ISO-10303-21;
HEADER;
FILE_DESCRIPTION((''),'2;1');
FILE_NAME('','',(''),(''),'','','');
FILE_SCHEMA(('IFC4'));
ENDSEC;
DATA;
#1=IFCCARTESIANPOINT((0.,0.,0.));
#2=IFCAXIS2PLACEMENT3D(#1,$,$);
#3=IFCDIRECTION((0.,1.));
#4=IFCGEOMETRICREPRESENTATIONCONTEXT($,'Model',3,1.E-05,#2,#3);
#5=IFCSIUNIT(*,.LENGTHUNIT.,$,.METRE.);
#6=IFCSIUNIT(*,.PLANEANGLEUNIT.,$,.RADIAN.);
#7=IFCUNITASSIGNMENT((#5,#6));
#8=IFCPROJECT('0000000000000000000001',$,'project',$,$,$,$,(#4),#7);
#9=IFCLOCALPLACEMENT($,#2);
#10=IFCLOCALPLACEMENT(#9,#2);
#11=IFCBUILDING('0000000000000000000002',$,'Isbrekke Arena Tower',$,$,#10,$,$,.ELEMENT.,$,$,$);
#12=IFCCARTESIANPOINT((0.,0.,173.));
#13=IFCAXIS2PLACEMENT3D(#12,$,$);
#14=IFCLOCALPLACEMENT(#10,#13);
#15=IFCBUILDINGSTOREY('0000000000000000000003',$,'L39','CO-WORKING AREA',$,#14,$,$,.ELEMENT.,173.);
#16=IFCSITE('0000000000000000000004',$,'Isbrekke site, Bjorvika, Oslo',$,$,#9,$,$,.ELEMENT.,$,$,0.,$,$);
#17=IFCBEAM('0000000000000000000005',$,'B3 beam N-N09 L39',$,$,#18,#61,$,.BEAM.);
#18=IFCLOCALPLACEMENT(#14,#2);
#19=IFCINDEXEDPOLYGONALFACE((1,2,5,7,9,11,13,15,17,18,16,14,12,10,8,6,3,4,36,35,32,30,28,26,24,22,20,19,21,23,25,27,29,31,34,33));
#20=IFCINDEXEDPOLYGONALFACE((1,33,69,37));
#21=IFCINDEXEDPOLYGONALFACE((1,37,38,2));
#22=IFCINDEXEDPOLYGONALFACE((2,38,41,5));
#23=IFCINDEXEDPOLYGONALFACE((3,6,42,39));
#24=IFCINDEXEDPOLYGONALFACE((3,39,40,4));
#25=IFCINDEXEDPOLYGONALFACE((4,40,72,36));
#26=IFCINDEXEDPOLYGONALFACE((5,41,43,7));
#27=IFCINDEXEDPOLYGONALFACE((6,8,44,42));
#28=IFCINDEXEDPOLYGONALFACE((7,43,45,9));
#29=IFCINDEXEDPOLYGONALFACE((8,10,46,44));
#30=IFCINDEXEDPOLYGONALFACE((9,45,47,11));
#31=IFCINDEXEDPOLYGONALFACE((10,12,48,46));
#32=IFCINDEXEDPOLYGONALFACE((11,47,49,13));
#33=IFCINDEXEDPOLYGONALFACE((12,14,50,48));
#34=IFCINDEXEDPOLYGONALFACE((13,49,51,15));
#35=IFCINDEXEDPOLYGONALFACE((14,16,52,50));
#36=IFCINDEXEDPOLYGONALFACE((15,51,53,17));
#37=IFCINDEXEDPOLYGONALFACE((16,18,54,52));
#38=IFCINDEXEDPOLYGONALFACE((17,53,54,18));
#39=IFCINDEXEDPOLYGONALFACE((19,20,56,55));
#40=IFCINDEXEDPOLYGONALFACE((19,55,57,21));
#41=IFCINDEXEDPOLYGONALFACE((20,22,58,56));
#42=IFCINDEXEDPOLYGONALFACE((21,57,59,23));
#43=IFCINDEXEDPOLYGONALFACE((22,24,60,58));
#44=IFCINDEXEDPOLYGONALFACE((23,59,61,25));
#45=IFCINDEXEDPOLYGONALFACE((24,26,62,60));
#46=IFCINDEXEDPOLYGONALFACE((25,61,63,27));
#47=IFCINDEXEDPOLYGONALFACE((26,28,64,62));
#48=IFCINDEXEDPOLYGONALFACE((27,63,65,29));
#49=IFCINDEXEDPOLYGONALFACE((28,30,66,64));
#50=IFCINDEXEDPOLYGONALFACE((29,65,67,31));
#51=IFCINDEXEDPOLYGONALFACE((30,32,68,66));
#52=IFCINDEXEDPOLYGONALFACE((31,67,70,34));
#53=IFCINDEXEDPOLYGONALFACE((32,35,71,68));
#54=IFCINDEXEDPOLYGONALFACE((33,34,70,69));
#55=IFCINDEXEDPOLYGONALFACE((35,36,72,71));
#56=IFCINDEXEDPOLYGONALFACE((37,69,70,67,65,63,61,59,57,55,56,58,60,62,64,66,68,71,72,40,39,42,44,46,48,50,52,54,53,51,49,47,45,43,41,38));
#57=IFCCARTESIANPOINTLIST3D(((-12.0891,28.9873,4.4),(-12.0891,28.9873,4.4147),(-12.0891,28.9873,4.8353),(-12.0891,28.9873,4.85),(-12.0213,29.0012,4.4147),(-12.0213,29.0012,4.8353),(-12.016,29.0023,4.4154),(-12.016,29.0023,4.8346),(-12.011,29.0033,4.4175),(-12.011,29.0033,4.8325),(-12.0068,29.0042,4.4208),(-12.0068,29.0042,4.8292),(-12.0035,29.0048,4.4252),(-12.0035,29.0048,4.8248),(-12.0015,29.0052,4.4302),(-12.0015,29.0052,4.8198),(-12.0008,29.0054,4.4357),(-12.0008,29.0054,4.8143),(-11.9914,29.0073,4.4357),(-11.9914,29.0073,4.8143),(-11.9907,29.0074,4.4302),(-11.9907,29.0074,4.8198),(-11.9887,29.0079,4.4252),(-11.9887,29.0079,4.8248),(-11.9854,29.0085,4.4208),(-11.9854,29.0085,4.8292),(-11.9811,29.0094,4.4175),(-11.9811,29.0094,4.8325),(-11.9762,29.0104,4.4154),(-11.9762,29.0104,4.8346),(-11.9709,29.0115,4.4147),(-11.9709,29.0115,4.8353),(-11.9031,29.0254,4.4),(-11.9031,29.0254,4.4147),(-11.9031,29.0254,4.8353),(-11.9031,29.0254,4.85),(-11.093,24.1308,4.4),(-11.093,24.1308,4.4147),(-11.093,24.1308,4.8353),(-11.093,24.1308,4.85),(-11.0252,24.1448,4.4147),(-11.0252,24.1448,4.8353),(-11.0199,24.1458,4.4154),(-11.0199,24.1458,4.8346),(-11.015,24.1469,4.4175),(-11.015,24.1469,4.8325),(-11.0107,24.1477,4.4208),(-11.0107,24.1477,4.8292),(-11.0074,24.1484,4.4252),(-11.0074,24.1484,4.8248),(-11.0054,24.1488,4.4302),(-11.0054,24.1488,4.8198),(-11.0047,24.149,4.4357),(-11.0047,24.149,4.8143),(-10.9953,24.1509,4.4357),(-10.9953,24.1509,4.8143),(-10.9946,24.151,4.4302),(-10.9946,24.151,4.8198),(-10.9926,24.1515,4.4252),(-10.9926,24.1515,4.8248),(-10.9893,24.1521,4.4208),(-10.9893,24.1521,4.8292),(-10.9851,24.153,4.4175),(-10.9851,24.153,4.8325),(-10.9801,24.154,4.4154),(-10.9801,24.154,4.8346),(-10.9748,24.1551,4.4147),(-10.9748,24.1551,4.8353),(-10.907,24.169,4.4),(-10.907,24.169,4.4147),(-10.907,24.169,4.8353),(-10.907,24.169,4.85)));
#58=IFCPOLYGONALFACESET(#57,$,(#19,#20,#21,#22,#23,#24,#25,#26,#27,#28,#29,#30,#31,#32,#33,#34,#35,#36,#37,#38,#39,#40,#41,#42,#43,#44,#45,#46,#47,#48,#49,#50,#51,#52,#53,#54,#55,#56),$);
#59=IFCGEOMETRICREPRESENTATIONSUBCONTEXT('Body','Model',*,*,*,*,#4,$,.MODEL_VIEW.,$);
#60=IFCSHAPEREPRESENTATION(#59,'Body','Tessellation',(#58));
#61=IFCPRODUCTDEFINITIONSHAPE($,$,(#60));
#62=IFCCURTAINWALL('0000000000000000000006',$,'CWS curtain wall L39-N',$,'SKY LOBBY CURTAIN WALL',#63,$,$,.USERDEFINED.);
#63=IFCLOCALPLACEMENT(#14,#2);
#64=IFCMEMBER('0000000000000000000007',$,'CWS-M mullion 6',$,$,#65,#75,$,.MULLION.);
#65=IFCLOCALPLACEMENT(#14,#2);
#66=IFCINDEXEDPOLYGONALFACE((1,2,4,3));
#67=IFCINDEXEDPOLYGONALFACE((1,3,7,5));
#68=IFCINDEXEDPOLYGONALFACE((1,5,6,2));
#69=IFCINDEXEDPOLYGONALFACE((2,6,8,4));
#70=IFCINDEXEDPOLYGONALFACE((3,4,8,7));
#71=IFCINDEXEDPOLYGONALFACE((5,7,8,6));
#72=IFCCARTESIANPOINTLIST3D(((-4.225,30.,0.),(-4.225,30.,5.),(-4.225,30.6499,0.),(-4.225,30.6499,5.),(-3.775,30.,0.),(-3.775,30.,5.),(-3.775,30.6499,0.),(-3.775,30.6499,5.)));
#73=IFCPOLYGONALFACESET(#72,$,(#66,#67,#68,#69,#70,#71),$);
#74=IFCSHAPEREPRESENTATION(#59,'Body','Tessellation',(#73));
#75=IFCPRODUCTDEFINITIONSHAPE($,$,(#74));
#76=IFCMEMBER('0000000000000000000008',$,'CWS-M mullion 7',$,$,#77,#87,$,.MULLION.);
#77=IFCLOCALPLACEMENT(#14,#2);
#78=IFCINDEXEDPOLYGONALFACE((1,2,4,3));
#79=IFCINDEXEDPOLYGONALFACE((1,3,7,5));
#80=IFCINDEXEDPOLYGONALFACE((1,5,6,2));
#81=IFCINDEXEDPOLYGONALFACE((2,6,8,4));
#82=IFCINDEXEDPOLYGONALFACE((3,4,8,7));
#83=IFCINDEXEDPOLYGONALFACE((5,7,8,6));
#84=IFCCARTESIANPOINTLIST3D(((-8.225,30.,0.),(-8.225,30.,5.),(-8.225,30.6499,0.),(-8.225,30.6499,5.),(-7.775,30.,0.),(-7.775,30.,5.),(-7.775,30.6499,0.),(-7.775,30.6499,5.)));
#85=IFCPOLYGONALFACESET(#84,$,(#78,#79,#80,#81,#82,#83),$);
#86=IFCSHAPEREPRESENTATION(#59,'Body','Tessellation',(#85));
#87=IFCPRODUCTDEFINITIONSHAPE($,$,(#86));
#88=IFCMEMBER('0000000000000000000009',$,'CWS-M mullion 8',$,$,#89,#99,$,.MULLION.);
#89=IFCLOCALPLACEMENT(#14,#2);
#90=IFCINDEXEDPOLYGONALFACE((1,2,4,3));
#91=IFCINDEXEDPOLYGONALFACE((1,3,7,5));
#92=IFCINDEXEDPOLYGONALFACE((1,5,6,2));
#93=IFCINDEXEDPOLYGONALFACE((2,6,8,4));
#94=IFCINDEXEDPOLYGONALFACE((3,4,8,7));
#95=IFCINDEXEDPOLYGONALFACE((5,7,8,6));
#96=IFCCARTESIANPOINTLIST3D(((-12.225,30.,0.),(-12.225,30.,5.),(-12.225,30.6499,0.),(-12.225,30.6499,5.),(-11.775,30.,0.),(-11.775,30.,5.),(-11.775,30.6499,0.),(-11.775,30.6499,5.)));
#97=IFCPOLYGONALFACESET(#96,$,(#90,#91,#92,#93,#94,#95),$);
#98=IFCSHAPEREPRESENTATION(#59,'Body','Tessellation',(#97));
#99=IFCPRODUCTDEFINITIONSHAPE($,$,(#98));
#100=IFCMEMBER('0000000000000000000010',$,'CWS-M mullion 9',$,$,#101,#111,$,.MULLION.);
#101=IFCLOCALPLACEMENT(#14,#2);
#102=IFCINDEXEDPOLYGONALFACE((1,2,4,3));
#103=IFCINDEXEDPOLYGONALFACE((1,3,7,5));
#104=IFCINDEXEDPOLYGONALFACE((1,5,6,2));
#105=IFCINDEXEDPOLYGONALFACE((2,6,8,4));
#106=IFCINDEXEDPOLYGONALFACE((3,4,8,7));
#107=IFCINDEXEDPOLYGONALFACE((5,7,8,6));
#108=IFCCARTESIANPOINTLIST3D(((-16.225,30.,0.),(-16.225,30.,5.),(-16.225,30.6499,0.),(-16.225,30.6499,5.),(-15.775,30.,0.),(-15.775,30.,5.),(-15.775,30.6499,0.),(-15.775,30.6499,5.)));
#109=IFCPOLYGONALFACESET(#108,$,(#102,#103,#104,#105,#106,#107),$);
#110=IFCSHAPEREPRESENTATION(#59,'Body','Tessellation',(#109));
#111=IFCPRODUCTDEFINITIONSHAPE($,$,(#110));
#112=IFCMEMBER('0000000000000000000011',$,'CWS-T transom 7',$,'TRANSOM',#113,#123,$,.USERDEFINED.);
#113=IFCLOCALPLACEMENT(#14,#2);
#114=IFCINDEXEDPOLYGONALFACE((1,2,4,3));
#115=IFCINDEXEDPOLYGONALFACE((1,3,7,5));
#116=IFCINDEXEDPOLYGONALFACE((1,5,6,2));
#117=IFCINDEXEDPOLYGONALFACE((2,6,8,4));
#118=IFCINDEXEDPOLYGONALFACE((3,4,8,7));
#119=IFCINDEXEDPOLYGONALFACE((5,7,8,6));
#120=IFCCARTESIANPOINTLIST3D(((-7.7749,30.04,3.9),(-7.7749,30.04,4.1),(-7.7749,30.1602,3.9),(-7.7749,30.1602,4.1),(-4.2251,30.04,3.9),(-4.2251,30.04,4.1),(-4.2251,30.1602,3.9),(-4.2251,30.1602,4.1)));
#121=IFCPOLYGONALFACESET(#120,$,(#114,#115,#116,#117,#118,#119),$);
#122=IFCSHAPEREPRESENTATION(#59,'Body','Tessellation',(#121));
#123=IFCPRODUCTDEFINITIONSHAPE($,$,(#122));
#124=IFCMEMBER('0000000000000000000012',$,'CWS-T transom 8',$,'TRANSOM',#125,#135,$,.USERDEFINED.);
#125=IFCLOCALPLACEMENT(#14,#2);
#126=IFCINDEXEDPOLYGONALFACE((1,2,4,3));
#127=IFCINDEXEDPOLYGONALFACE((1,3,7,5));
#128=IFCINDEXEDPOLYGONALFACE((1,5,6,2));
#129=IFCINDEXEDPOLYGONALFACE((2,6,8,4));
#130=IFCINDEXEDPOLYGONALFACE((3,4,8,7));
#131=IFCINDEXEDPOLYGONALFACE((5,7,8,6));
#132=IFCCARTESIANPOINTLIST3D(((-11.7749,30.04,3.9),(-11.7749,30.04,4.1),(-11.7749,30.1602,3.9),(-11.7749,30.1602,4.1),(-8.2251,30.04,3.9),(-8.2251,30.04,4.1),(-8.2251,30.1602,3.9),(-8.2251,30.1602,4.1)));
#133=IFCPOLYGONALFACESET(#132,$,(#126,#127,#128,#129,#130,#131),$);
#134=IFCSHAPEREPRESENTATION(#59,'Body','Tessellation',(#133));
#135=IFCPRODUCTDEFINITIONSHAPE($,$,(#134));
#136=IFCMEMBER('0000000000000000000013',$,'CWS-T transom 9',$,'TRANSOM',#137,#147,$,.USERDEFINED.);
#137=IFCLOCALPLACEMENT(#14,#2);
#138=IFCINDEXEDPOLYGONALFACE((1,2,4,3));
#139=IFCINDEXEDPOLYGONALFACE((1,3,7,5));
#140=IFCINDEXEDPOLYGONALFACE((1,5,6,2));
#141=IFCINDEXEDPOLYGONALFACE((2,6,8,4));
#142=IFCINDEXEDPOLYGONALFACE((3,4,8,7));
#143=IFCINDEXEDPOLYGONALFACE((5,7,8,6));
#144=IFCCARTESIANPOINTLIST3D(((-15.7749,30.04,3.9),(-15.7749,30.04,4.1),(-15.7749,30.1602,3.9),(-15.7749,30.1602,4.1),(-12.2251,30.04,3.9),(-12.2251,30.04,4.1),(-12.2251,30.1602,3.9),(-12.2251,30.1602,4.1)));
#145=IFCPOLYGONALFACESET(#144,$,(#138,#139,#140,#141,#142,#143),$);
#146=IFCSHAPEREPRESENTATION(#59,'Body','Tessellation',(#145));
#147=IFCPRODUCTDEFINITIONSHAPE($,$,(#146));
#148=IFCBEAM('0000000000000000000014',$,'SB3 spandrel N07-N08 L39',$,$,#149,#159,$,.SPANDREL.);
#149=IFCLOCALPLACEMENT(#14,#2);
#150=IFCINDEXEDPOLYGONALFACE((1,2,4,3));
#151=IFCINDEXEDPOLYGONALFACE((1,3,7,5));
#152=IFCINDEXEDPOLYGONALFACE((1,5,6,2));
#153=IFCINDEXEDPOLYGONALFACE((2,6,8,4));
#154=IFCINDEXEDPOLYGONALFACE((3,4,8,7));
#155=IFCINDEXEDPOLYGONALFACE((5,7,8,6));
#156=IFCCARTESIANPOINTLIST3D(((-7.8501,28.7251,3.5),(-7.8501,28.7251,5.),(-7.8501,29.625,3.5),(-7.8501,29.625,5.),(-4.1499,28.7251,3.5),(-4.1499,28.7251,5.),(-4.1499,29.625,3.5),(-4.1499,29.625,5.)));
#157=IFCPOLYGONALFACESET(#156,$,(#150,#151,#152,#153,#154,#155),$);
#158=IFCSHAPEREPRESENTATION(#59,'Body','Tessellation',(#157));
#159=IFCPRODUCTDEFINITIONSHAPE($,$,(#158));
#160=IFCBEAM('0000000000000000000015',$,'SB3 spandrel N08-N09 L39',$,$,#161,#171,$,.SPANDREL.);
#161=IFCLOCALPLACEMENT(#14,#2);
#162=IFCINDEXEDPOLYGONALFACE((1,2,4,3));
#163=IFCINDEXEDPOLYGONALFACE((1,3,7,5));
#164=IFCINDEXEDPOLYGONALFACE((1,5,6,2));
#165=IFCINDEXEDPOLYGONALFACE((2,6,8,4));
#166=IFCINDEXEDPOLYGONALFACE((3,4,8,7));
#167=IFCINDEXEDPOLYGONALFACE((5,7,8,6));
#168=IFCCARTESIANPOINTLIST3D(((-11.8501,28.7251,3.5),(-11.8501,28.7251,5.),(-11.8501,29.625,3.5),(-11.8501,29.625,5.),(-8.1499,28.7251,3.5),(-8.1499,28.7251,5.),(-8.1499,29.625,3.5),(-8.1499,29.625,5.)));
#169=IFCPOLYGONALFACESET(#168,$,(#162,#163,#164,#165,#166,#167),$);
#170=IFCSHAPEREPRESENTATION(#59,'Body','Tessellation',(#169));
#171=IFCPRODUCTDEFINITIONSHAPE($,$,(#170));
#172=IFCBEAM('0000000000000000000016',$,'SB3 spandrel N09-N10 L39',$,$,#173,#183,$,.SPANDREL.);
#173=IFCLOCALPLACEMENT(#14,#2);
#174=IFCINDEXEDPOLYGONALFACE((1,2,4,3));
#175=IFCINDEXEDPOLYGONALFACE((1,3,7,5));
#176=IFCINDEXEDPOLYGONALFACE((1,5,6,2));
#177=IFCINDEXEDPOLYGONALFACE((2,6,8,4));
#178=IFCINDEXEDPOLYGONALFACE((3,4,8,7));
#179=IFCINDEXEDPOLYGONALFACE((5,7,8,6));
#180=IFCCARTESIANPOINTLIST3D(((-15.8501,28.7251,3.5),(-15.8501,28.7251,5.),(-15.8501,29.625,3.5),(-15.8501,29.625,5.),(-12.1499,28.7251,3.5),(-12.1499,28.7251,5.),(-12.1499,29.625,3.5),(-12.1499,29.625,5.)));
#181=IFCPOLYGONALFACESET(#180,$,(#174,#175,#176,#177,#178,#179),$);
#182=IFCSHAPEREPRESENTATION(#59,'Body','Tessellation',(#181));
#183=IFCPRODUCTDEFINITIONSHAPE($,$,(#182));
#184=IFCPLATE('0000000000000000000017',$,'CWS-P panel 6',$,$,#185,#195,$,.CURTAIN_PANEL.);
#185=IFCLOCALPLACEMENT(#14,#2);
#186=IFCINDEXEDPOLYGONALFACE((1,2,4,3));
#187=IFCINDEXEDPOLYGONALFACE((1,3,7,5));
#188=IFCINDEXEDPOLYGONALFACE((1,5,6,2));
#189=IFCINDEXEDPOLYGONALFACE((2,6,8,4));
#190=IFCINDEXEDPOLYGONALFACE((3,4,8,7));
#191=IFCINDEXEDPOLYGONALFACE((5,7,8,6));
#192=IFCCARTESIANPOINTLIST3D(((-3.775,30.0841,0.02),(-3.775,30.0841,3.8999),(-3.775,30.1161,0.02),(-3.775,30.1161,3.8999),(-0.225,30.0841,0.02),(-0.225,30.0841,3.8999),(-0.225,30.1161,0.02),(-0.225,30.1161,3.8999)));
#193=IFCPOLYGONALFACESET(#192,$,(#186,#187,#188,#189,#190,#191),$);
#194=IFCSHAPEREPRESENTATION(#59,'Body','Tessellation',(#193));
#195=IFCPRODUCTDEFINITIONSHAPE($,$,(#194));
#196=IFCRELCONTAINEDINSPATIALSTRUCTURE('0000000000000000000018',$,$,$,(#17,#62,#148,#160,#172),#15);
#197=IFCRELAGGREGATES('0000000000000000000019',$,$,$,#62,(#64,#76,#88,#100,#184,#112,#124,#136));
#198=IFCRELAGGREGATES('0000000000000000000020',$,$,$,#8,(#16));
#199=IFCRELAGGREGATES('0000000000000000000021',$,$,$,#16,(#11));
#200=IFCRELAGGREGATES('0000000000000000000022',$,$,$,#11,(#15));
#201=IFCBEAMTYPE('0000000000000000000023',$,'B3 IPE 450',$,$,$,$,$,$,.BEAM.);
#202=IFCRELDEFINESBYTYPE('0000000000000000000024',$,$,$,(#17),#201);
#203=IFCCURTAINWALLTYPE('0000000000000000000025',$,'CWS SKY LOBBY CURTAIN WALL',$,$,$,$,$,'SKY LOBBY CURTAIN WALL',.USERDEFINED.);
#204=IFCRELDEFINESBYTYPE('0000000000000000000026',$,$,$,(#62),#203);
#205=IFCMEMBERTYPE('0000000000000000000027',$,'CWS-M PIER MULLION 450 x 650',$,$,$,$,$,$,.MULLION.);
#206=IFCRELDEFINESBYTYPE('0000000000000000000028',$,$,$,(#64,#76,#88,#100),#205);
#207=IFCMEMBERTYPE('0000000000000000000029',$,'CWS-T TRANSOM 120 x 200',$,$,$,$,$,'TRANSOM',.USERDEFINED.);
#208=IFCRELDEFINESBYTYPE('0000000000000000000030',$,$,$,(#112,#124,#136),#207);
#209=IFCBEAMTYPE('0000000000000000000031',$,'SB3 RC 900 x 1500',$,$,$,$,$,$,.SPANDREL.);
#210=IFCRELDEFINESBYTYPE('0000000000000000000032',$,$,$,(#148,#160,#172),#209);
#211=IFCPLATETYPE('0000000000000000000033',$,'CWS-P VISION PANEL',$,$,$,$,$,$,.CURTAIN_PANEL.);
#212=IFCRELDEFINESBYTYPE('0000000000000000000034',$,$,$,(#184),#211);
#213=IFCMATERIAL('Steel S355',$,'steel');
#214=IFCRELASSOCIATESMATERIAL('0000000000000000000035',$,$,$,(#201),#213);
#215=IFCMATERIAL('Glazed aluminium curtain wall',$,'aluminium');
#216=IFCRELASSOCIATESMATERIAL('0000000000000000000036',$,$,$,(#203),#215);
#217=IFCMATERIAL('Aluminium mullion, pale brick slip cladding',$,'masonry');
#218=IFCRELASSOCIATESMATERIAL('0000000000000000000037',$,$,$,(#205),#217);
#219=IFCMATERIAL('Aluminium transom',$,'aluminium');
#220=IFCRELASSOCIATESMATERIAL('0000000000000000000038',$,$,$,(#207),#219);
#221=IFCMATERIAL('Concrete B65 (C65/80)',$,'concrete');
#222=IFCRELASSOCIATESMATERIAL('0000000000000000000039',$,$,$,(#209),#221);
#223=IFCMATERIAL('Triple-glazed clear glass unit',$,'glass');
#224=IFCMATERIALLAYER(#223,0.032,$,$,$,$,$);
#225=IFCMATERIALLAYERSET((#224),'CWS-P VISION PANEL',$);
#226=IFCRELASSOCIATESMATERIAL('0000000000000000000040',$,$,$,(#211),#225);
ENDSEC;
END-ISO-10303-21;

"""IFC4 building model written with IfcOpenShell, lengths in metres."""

from ifc_helpers import new_model, si_unit, direction, frame, origin, origin_2d, place, context, subcontext, project, spatial, rectangle, i_section, extrude, material, layer, layer_set, material_profile, profile_set, type_object, element, aggregate, save


model = new_model("IFC4")

# Units and contexts
model_context = context("Model", 3, precision=1e-05, world=origin(), true_north=direction((0.0, 1.0)))
body_context = subcontext(model_context, "Body", "Model", "MODEL_VIEW")
ifc_project = project(units=[si_unit("LENGTHUNIT", "METRE"), si_unit("PLANEANGLEUNIT", "RADIAN")], contexts=[model_context])

# Site, building, storey
site_placement = place(None, origin())
site = spatial("IfcSite", under=ifc_project, at=site_placement, Name="Isbrekke site, Bjorvika, Oslo", CompositionType="ELEMENT", RefElevation=0.0)
building_placement = place(site_placement, origin())
building = spatial("IfcBuilding", under=site, at=building_placement, Name="Isbrekke Arena Tower", CompositionType="ELEMENT")
storey_placement = place(building_placement, frame((0.0, 0.0, 173.0)))
storey = spatial("IfcBuildingStorey", under=building, at=storey_placement, Name="L39", Description="CO-WORKING AREA", CompositionType="ELEMENT", Elevation=173.0)

# Beam
ifc_material_1 = material(Name="Steel S355", Category="steel")
ifc_material_profile_1 = material_profile(ifc_material_1, i_section(OverallWidth=0.1899, OverallDepth=0.45, WebThickness=0.0095, FlangeThickness=0.0146, FilletRadius=0.021, at=origin_2d()), Name="IPE 450")
ifc_profile_set_1 = profile_set([ifc_material_profile_1], Name="Steel S355")
beam_type_1 = type_object("IfcBeamType", Name="B3 IPE 450", PredefinedType="BEAM", material=ifc_profile_set_1)
beam_1_placement = place(storey_placement, frame((-11.9961, 29.0063, 4.625), z_axis=(0.200925, -0.979607, 0.0), x_axis=(0.979607, 0.200925, 0.0)))
element("IfcBeam", 1, at=beam_1_placement, inside=storey, type_object=beam_type_1, Name="B3 beam N-N09 L39", PredefinedType="BEAM", context=body_context, shape_type="SweptSolid", body=[
    extrude(i_section(OverallWidth=0.1899, OverallDepth=0.45, WebThickness=0.0095, FlangeThickness=0.0146, FilletRadius=0.021, at=origin_2d()), origin(), (0.0, 0.0, 1.0), 4.9575),
])

# Curtain wall, members
ifc_material_2 = material(Name="Glazed aluminium curtain wall", Category="aluminium")
curtain_wall_type = type_object("IfcCurtainWallType", Name="CWS SKY LOBBY CURTAIN WALL", ElementType="SKY LOBBY CURTAIN WALL", PredefinedType="USERDEFINED", material=ifc_material_2)
curtain_wall_placement = place(storey_placement, origin())
curtain_wall = element("IfcCurtainWall", 2, at=curtain_wall_placement, inside=storey, type_object=curtain_wall_type, Name="CWS curtain wall L39-N", ObjectType="SKY LOBBY CURTAIN WALL", PredefinedType="USERDEFINED")
ifc_material_3 = material(Name="Aluminium mullion, pale brick slip cladding", Category="masonry")
ifc_material_profile_2 = material_profile(ifc_material_3, rectangle(XDim=0.45, YDim=0.6499, at=origin_2d()), Name="PIER 450X650")
ifc_profile_set_2 = profile_set([ifc_material_profile_2], Name="Aluminium mullion, pale brick slip cladding")
member_type_1 = type_object("IfcMemberType", Name="CWS-M PIER MULLION 450 x 650", PredefinedType="MULLION", material=ifc_profile_set_2)
member_1_placement = place(storey_placement, frame((-4.0, 30.325, 0.0), z_axis=(0.0, 0.0, 1.0), x_axis=(-1.0, 0.0, 0.0)))
member_1 = element("IfcMember", 3, at=member_1_placement, type_object=member_type_1, Name="CWS-M mullion 6", PredefinedType="MULLION", context=body_context, shape_type="SweptSolid", body=[
    extrude(rectangle(XDim=0.45, YDim=0.6499, at=origin_2d()), origin(), (0.0, 0.0, 1.0), 5.0),
])
member_2_placement = place(storey_placement, frame((-8.0, 30.325, 0.0), z_axis=(0.0, 0.0, 1.0), x_axis=(-1.0, 0.0, 0.0)))
member_2 = element("IfcMember", 4, at=member_2_placement, type_object=member_type_1, Name="CWS-M mullion 7", PredefinedType="MULLION", context=body_context, shape_type="SweptSolid", body=[
    extrude(rectangle(XDim=0.45, YDim=0.6499, at=origin_2d()), origin(), (0.0, 0.0, 1.0), 5.0),
])
member_3_placement = place(storey_placement, frame((-12.0, 30.325, 0.0), z_axis=(0.0, 0.0, 1.0), x_axis=(-1.0, 0.0, 0.0)))
member_3 = element("IfcMember", 5, at=member_3_placement, type_object=member_type_1, Name="CWS-M mullion 8", PredefinedType="MULLION", context=body_context, shape_type="SweptSolid", body=[
    extrude(rectangle(XDim=0.45, YDim=0.6499, at=origin_2d()), origin(), (0.0, 0.0, 1.0), 5.0),
])
member_4_placement = place(storey_placement, frame((-16.0, 30.325, 0.0), z_axis=(0.0, 0.0, 1.0), x_axis=(-1.0, 0.0, 0.0)))
member_4 = element("IfcMember", 6, at=member_4_placement, type_object=member_type_1, Name="CWS-M mullion 9", PredefinedType="MULLION", context=body_context, shape_type="SweptSolid", body=[
    extrude(rectangle(XDim=0.45, YDim=0.6499, at=origin_2d()), origin(), (0.0, 0.0, 1.0), 5.0),
])
ifc_material_4 = material(Name="Aluminium transom", Category="aluminium")
ifc_material_profile_3 = material_profile(ifc_material_4, rectangle(XDim=0.1201, YDim=0.2, at=origin_2d()), Name="TRANSOM 120X200")
ifc_profile_set_3 = profile_set([ifc_material_profile_3], Name="Aluminium transom")
member_type_2 = type_object("IfcMemberType", Name="CWS-T TRANSOM 120 x 200", ElementType="TRANSOM", PredefinedType="USERDEFINED", material=ifc_profile_set_3)
member_5_placement = place(storey_placement, frame((-4.2251, 30.1001, 4.0), z_axis=(-1.0, 0.0, 0.0), x_axis=(0.0, -1.0, 0.0)))
member_5 = element("IfcMember", 7, at=member_5_placement, type_object=member_type_2, Name="CWS-T transom 7", ObjectType="TRANSOM", PredefinedType="USERDEFINED", context=body_context, shape_type="SweptSolid", body=[
    extrude(rectangle(XDim=0.1201, YDim=0.2, at=origin_2d()), origin(), (0.0, 0.0, 1.0), 3.5498),
])
member_6_placement = place(storey_placement, frame((-8.2251, 30.1001, 4.0), z_axis=(-1.0, 0.0, 0.0), x_axis=(0.0, -1.0, 0.0)))
member_6 = element("IfcMember", 8, at=member_6_placement, type_object=member_type_2, Name="CWS-T transom 8", ObjectType="TRANSOM", PredefinedType="USERDEFINED", context=body_context, shape_type="SweptSolid", body=[
    extrude(rectangle(XDim=0.1201, YDim=0.2, at=origin_2d()), origin(), (0.0, 0.0, 1.0), 3.5498),
])
member_7_placement = place(storey_placement, frame((-12.2251, 30.1001, 4.0), z_axis=(-1.0, 0.0, 0.0), x_axis=(0.0, -1.0, 0.0)))
member_7 = element("IfcMember", 9, at=member_7_placement, type_object=member_type_2, Name="CWS-T transom 9", ObjectType="TRANSOM", PredefinedType="USERDEFINED", context=body_context, shape_type="SweptSolid", body=[
    extrude(rectangle(XDim=0.1201, YDim=0.2, at=origin_2d()), origin(), (0.0, 0.0, 1.0), 3.5498),
])

# Beams
ifc_material_5 = material(Name="Concrete B65 (C65/80)", Category="concrete")
ifc_material_profile_4 = material_profile(ifc_material_5, rectangle(XDim=0.8999, YDim=1.5, at=origin_2d()), Name="RC 900x1500")
ifc_profile_set_4 = profile_set([ifc_material_profile_4], Name="Concrete B65 (C65/80)")
beam_type_2 = type_object("IfcBeamType", Name="SB3 RC 900 x 1500", PredefinedType="SPANDREL", material=ifc_profile_set_4)
for number, where, z_axis, x_axis, name in (
    (10, (-4.1499, 29.175, 4.25), (-1.0, 0.0, 0.0), (0.0, -1.0, 0.0), "SB3 spandrel N07-N08 L39"),
    (11, (-8.1499, 29.175, 4.25), (-1.0, 0.0, 0.0), (0.0, -1.0, 0.0), "SB3 spandrel N08-N09 L39"),
    (12, (-12.1499, 29.175, 4.25), (-1.0, 0.0, 0.0), (0.0, -1.0, 0.0), "SB3 spandrel N09-N10 L39"),
):
    element("IfcBeam", number, at=place(storey_placement, frame(where, z_axis=z_axis, x_axis=x_axis)), inside=storey, type_object=beam_type_2, Name=name, PredefinedType="SPANDREL", context=body_context, shape_type="SweptSolid", body=[
        extrude(rectangle(XDim=0.8999, YDim=1.5, at=origin_2d()), origin(), (0.0, 0.0, 1.0), 3.7002),
    ])

# Plate
ifc_material_6 = material(Name="Triple-glazed clear glass unit", Category="glass")
ifc_layer_1 = layer(ifc_material_6, 0.032)
ifc_layer_set_1 = layer_set([ifc_layer_1], Name="CWS-P VISION PANEL")
plate_type = type_object("IfcPlateType", Name="CWS-P VISION PANEL", PredefinedType="CURTAIN_PANEL", material=ifc_layer_set_1)
plate_1_placement = place(storey_placement, frame((-2.0, 30.1001, 0.02), z_axis=(0.0, 0.0, 1.0), x_axis=(-1.0, 0.0, 0.0)))
plate_1 = element("IfcPlate", 13, at=plate_1_placement, type_object=plate_type, Name="CWS-P panel 6", PredefinedType="CURTAIN_PANEL", context=body_context, shape_type="SweptSolid", body=[
    extrude(rectangle(XDim=3.55, YDim=0.032, at=origin_2d()), origin(), (0.0, 0.0, 1.0), 3.8799),
])
aggregate(curtain_wall, [member_1, member_2, member_3, member_4, plate_1, member_5, member_6, member_7])

save(model, "model.ifc")
